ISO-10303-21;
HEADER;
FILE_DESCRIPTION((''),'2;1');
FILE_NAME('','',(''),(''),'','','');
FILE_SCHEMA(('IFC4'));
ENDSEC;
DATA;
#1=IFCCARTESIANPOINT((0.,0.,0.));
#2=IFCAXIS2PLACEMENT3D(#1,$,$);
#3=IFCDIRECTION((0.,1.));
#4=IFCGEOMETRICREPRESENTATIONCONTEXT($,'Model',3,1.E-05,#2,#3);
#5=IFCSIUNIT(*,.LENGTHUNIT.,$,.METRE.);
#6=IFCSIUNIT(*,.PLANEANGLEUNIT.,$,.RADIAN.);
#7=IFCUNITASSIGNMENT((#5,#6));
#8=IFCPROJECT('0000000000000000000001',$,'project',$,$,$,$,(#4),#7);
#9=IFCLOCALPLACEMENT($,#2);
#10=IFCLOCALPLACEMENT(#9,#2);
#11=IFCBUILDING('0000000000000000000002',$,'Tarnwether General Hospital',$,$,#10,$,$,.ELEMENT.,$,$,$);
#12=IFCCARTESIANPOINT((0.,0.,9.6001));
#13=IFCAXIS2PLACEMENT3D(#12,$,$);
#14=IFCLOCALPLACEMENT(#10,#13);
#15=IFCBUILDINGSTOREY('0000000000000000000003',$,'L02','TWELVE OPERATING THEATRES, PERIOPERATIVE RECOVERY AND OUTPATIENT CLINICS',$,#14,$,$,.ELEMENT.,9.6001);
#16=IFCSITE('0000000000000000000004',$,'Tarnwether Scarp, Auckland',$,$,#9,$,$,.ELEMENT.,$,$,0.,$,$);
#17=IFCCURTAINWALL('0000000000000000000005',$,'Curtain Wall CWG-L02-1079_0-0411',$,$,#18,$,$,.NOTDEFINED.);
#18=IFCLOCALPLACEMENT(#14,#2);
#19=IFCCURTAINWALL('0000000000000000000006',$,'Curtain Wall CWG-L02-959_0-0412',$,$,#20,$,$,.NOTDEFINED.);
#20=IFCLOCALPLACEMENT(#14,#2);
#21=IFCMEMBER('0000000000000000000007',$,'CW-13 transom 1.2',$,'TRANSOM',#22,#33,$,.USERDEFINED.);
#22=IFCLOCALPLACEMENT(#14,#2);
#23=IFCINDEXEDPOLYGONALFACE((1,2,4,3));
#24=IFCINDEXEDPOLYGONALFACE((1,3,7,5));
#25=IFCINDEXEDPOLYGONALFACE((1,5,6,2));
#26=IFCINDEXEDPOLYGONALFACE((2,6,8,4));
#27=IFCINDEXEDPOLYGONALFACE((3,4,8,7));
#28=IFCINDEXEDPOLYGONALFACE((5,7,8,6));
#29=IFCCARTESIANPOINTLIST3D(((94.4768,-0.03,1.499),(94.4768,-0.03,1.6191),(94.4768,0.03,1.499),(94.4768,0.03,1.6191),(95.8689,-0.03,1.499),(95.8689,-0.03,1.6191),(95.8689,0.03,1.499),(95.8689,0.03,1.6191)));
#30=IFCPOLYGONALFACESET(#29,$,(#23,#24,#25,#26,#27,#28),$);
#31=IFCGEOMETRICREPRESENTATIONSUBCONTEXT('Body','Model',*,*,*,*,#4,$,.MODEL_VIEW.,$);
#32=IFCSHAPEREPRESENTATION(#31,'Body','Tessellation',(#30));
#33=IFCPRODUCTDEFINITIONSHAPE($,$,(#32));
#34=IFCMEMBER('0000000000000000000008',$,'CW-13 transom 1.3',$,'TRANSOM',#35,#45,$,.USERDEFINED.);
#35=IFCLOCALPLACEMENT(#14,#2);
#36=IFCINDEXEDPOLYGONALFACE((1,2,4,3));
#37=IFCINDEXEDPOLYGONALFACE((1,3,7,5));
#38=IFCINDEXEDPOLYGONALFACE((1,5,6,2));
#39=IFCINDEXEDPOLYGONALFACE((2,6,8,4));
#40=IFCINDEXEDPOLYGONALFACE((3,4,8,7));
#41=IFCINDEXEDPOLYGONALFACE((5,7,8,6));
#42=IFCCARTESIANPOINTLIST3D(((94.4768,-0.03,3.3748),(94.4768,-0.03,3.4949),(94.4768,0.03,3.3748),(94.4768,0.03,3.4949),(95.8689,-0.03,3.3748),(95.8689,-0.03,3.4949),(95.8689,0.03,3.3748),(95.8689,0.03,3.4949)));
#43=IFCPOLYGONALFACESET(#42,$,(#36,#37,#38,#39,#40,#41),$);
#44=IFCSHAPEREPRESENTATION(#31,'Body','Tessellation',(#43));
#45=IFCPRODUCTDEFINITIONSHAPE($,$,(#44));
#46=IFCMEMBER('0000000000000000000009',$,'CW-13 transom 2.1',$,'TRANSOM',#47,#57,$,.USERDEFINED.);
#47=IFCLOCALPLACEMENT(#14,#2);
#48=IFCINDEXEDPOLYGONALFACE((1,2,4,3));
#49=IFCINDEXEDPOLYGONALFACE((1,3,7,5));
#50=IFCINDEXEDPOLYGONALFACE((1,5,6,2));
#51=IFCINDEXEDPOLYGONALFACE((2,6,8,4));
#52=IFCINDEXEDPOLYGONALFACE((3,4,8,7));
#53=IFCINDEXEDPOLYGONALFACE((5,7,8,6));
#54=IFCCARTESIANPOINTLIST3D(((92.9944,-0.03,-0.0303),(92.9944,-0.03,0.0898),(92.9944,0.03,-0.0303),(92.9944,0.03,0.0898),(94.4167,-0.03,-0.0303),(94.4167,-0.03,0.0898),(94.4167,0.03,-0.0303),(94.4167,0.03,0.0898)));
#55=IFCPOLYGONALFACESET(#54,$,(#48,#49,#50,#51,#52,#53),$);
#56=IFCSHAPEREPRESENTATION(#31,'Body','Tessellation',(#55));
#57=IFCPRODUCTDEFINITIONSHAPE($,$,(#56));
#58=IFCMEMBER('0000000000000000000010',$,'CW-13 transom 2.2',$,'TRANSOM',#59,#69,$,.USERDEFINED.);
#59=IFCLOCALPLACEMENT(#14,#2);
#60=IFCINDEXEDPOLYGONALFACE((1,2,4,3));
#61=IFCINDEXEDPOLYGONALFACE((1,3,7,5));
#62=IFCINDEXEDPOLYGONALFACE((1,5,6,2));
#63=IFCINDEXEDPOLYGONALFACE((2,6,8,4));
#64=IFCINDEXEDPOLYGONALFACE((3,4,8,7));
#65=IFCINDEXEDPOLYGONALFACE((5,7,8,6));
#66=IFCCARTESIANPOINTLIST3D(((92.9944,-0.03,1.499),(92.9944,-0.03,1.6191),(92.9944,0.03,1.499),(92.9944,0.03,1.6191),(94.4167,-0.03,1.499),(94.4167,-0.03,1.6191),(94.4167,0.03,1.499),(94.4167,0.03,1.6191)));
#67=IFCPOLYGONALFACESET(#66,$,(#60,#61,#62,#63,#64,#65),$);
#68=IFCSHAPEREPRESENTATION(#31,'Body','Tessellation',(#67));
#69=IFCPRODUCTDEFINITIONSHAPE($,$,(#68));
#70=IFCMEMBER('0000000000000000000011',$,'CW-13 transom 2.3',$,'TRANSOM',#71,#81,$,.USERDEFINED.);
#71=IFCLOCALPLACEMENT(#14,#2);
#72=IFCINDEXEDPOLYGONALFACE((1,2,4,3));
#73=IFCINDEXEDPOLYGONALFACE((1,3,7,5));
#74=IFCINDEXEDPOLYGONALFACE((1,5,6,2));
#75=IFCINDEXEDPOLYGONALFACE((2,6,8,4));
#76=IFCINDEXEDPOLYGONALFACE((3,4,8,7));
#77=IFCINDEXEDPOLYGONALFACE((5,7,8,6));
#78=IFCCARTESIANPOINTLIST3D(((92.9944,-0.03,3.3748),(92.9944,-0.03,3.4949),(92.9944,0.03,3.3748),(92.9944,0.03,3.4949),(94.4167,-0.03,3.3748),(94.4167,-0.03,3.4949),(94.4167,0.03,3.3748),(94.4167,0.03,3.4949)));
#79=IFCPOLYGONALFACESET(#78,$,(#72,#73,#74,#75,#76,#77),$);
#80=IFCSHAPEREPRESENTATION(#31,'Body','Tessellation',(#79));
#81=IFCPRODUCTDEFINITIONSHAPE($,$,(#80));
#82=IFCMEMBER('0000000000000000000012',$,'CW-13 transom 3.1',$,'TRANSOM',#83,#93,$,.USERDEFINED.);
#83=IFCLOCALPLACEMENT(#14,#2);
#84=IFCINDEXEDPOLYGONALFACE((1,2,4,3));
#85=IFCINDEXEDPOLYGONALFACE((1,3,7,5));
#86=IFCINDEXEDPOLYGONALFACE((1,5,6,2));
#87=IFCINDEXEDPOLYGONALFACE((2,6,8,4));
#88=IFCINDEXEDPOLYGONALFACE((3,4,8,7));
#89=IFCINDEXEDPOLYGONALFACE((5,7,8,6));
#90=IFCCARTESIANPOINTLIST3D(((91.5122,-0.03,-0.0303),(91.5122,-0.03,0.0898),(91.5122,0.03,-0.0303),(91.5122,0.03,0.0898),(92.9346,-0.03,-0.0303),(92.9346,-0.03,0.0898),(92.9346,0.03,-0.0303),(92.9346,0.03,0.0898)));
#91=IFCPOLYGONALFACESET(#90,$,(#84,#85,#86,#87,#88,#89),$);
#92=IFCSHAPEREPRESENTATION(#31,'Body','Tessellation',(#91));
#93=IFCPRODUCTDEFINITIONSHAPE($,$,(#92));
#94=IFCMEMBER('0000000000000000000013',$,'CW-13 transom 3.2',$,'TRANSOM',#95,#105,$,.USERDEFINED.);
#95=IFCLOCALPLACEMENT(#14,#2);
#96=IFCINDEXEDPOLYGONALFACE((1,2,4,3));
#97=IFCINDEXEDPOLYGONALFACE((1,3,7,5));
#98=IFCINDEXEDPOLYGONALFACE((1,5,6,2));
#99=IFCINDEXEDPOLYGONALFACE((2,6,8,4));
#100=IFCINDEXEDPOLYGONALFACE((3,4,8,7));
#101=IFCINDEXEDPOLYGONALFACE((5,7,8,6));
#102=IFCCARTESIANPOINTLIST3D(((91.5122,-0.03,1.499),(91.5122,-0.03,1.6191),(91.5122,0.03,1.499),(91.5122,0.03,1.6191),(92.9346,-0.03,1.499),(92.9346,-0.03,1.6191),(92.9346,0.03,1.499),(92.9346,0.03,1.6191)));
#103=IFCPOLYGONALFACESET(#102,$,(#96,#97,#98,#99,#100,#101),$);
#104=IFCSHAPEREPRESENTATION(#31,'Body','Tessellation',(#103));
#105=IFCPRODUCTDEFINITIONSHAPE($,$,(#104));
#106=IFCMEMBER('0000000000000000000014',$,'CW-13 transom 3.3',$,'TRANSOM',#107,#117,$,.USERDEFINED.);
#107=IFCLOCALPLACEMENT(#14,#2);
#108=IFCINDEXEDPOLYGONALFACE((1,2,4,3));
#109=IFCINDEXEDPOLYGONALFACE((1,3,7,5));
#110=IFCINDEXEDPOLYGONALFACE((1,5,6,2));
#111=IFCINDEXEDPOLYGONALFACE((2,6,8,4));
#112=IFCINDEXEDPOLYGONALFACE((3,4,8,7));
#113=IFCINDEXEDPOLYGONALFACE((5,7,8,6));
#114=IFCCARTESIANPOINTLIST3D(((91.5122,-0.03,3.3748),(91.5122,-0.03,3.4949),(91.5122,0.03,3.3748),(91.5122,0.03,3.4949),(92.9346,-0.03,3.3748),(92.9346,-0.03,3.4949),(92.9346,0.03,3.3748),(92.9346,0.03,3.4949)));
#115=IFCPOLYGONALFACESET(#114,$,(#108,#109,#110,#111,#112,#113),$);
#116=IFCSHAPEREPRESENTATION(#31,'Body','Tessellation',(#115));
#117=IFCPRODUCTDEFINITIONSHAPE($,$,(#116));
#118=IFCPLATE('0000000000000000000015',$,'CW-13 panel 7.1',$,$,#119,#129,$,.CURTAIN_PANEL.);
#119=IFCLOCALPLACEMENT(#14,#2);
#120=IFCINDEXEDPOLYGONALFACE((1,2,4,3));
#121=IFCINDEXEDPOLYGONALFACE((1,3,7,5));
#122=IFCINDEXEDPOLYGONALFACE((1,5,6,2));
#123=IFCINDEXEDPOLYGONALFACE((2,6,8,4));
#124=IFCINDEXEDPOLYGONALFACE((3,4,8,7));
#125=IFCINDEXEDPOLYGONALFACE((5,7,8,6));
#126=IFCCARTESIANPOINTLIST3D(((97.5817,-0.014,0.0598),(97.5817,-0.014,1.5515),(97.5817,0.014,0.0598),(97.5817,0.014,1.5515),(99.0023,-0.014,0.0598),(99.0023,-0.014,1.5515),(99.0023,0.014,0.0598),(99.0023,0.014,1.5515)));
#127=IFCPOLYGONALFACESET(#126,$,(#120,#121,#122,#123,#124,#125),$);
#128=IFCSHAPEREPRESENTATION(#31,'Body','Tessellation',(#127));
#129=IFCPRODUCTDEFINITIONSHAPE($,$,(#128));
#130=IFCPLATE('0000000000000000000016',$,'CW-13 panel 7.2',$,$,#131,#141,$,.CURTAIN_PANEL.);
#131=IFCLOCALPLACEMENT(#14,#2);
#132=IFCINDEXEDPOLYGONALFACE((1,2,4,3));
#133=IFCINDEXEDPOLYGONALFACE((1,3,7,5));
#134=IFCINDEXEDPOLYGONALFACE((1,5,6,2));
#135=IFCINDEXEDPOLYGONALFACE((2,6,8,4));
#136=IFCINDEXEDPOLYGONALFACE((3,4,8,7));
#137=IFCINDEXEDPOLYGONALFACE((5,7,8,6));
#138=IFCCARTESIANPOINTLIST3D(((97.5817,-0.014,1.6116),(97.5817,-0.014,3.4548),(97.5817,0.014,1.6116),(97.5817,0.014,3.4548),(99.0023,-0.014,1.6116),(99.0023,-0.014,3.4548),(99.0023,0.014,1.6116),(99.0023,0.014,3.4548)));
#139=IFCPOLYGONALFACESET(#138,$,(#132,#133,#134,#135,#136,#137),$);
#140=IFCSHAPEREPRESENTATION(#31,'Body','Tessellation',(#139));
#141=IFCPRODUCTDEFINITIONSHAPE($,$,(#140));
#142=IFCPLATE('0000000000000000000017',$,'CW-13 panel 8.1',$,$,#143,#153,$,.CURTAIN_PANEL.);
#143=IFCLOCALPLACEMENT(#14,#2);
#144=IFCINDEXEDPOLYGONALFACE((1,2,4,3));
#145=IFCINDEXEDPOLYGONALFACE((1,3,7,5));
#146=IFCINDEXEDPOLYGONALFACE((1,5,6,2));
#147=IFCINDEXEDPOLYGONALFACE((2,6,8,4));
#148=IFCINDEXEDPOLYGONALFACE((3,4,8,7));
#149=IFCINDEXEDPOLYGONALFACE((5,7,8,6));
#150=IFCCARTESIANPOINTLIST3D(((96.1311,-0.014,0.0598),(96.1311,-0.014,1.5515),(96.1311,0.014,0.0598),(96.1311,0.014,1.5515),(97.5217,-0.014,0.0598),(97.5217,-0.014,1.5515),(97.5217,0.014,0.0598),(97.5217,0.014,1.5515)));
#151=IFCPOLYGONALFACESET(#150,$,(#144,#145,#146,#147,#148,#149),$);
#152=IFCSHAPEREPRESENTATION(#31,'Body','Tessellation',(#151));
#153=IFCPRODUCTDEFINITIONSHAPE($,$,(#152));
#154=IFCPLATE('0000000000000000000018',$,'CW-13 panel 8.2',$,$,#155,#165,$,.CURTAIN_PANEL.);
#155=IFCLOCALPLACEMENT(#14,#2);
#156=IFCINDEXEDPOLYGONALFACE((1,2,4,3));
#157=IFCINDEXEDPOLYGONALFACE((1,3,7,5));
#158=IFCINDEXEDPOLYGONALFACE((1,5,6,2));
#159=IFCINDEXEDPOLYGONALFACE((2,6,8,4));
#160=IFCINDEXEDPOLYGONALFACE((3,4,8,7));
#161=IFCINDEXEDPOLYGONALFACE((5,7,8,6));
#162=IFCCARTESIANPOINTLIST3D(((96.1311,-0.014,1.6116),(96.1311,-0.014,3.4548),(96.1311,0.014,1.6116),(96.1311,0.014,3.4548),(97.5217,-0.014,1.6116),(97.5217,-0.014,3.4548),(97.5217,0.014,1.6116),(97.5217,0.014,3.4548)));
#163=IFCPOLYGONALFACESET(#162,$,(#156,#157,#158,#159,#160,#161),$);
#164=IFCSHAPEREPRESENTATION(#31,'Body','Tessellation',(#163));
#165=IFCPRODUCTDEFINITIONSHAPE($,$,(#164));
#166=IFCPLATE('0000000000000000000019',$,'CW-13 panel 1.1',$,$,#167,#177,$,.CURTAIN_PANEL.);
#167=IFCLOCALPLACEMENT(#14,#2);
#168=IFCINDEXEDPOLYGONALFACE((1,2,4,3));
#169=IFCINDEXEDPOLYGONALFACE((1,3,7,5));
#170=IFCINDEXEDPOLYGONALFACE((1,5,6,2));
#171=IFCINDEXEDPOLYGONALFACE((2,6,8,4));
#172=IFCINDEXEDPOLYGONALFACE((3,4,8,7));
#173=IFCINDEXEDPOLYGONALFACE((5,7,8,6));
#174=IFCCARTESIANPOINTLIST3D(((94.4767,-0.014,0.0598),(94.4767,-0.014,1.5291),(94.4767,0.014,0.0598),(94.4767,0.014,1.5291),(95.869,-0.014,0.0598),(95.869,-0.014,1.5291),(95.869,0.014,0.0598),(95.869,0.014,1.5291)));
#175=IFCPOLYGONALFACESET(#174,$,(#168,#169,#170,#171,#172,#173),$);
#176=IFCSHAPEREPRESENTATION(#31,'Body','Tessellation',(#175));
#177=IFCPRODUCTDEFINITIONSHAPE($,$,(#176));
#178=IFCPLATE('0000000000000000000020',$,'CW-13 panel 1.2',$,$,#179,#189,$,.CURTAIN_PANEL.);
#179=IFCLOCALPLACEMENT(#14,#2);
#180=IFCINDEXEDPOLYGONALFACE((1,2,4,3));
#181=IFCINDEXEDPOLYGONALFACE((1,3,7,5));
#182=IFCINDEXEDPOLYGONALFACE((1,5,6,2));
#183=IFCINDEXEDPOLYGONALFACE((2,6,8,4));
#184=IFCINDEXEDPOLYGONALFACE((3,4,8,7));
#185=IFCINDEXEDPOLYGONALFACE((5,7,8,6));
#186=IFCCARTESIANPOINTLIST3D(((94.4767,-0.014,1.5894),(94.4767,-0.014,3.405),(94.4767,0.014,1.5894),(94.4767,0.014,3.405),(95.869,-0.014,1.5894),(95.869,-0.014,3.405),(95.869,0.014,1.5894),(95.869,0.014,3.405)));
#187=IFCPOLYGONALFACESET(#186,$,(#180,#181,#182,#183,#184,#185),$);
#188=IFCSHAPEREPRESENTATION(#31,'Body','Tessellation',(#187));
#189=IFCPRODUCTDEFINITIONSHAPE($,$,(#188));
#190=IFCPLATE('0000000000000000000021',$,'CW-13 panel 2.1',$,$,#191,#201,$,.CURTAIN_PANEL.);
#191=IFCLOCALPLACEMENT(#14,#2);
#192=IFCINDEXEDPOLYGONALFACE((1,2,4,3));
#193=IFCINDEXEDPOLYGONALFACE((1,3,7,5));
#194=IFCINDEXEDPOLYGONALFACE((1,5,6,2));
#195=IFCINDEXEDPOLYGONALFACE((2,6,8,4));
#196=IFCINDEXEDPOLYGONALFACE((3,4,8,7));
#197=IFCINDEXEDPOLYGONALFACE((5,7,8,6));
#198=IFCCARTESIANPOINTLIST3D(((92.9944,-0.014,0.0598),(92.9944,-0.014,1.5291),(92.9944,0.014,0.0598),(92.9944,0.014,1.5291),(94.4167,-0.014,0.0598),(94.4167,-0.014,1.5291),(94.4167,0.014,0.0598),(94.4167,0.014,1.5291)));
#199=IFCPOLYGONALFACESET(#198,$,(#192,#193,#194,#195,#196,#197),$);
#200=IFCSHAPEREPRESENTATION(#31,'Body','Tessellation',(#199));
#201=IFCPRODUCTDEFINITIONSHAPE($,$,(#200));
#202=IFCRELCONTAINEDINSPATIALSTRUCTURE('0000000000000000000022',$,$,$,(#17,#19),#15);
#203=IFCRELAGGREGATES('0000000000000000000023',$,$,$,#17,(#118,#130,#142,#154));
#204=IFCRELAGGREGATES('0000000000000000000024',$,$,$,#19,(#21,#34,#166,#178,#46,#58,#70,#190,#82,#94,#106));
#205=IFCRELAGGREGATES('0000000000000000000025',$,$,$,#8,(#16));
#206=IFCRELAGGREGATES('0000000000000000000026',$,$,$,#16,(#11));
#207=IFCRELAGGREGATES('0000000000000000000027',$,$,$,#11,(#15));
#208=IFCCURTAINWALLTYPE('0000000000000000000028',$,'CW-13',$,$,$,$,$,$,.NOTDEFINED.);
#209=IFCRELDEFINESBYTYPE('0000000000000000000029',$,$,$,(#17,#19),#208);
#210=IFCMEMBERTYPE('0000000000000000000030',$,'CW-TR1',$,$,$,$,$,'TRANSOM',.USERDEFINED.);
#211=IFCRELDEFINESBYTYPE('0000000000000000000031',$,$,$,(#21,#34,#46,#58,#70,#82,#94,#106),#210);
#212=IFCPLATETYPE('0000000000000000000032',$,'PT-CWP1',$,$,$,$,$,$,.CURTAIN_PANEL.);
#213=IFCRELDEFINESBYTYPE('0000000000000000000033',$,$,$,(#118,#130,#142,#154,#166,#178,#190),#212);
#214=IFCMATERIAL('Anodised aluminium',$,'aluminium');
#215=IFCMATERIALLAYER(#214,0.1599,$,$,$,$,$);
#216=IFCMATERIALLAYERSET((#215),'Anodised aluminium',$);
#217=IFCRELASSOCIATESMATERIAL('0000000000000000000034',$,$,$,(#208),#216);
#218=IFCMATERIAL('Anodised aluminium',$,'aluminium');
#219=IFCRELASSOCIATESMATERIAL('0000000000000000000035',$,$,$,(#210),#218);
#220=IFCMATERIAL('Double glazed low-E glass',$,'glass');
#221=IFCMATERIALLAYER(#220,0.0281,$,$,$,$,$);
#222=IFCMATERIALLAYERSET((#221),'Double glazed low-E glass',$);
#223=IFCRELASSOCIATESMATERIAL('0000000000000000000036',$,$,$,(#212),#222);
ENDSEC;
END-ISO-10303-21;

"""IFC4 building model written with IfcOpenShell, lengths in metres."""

from ifc_helpers import new_model, si_unit, direction, frame, origin, origin_2d, place, context, subcontext, project, spatial, rectangle, extrude, material, layer, layer_set, material_profile, profile_set, type_object, element, aggregate, save


model = new_model("IFC4")

# Units and contexts
model_context = context("Model", 3, precision=1e-05, world=origin(), true_north=direction((0.0, 1.0)))
body_context = subcontext(model_context, "Body", "Model", "MODEL_VIEW")
ifc_project = project(units=[si_unit("LENGTHUNIT", "METRE"), si_unit("PLANEANGLEUNIT", "RADIAN")], contexts=[model_context])

# Site, building, storey
site_placement = place(None, origin())
site = spatial("IfcSite", under=ifc_project, at=site_placement, Name="Tarnwether Scarp, Auckland", CompositionType="ELEMENT", RefElevation=0.0)
building_placement = place(site_placement, origin())
building = spatial("IfcBuilding", under=site, at=building_placement, Name="Tarnwether General Hospital", CompositionType="ELEMENT")
storey_placement = place(building_placement, frame((0.0, 0.0, 9.6001)))
storey = spatial("IfcBuildingStorey", under=building, at=storey_placement, Name="L02", Description="TWELVE OPERATING THEATRES, PERIOPERATIVE RECOVERY AND OUTPATIENT CLINICS", CompositionType="ELEMENT", Elevation=9.6001)

# Curtain walls
ifc_material_1 = material(Name="Anodised aluminium", Category="aluminium")
ifc_layer_1 = layer(ifc_material_1, 0.1599)
ifc_layer_set_1 = layer_set([ifc_layer_1], Name="Anodised aluminium")
curtain_wall_type = type_object("IfcCurtainWallType", Name="CW-13", PredefinedType="NOTDEFINED", material=ifc_layer_set_1)
curtain_wall_1_placement = place(storey_placement, origin())
curtain_wall_1 = element("IfcCurtainWall", 1, at=curtain_wall_1_placement, inside=storey, type_object=curtain_wall_type, Name="Curtain Wall CWG-L02-1079_0-0411", PredefinedType="NOTDEFINED")
curtain_wall_2_placement = place(storey_placement, origin())
curtain_wall_2 = element("IfcCurtainWall", 2, at=curtain_wall_2_placement, inside=storey, type_object=curtain_wall_type, Name="Curtain Wall CWG-L02-959_0-0412", PredefinedType="NOTDEFINED")

# Members
ifc_material_2 = material(Name="Anodised aluminium", Category="aluminium")
ifc_material_profile_1 = material_profile(ifc_material_2, rectangle(XDim=0.0601, YDim=0.1201, at=origin_2d()), Name="ALU-TRN-60x120")
ifc_profile_set_1 = profile_set([ifc_material_profile_1], Name="Anodised aluminium")
member_type_1 = type_object("IfcMemberType", Name="CW-TR1", ElementType="TRANSOM", PredefinedType="USERDEFINED", material=ifc_profile_set_1)
member_1_placement = place(storey_placement, frame((95.8689, 0.0, 1.5591), z_axis=(-1.0, 0.0, 0.0), x_axis=(0.0, -1.0, 0.0)))
member_1 = element("IfcMember", 3, at=member_1_placement, type_object=member_type_1, Name="CW-13 transom 1.2", ObjectType="TRANSOM", PredefinedType="USERDEFINED", context=body_context, shape_type="SweptSolid", body=[
    extrude(rectangle(XDim=0.0601, YDim=0.1201, at=origin_2d()), origin(), (0.0, 0.0, 1.0), 1.3921),
])
member_2_placement = place(storey_placement, frame((95.8689, 0.0, 3.4348), z_axis=(-1.0, 0.0, 0.0), x_axis=(0.0, -1.0, 0.0)))
member_2 = element("IfcMember", 4, at=member_2_placement, type_object=member_type_1, Name="CW-13 transom 1.3", ObjectType="TRANSOM", PredefinedType="USERDEFINED", context=body_context, shape_type="SweptSolid", body=[
    extrude(rectangle(XDim=0.0601, YDim=0.1201, at=origin_2d()), origin(), (0.0, 0.0, 1.0), 1.3921),
])
member_3_placement = place(storey_placement, frame((94.4167, 0.0, 0.0298), z_axis=(-1.0, 0.0, 0.0), x_axis=(0.0, -1.0, 0.0)))
member_3 = element("IfcMember", 5, at=member_3_placement, type_object=member_type_1, Name="CW-13 transom 2.1", ObjectType="TRANSOM", PredefinedType="USERDEFINED", context=body_context, shape_type="SweptSolid", body=[
    extrude(rectangle(XDim=0.0601, YDim=0.1201, at=origin_2d()), origin(), (0.0, 0.0, 1.0), 1.4224),
])
member_4_placement = place(storey_placement, frame((94.4167, 0.0, 1.5591), z_axis=(-1.0, 0.0, 0.0), x_axis=(0.0, -1.0, 0.0)))
member_4 = element("IfcMember", 6, at=member_4_placement, type_object=member_type_1, Name="CW-13 transom 2.2", ObjectType="TRANSOM", PredefinedType="USERDEFINED", context=body_context, shape_type="SweptSolid", body=[
    extrude(rectangle(XDim=0.0601, YDim=0.1201, at=origin_2d()), origin(), (0.0, 0.0, 1.0), 1.4224),
])
member_5_placement = place(storey_placement, frame((94.4167, 0.0, 3.4348), z_axis=(-1.0, 0.0, 0.0), x_axis=(0.0, -1.0, 0.0)))
member_5 = element("IfcMember", 7, at=member_5_placement, type_object=member_type_1, Name="CW-13 transom 2.3", ObjectType="TRANSOM", PredefinedType="USERDEFINED", context=body_context, shape_type="SweptSolid", body=[
    extrude(rectangle(XDim=0.0601, YDim=0.1201, at=origin_2d()), origin(), (0.0, 0.0, 1.0), 1.4224),
])
member_6_placement = place(storey_placement, frame((92.9346, 0.0, 0.0298), z_axis=(-1.0, 0.0, 0.0), x_axis=(0.0, -1.0, 0.0)))
member_6 = element("IfcMember", 8, at=member_6_placement, type_object=member_type_1, Name="CW-13 transom 3.1", ObjectType="TRANSOM", PredefinedType="USERDEFINED", context=body_context, shape_type="SweptSolid", body=[
    extrude(rectangle(XDim=0.0601, YDim=0.1201, at=origin_2d()), origin(), (0.0, 0.0, 1.0), 1.4224),
])
member_7_placement = place(storey_placement, frame((92.9346, 0.0, 1.5591), z_axis=(-1.0, 0.0, 0.0), x_axis=(0.0, -1.0, 0.0)))
member_7 = element("IfcMember", 9, at=member_7_placement, type_object=member_type_1, Name="CW-13 transom 3.2", ObjectType="TRANSOM", PredefinedType="USERDEFINED", context=body_context, shape_type="SweptSolid", body=[
    extrude(rectangle(XDim=0.0601, YDim=0.1201, at=origin_2d()), origin(), (0.0, 0.0, 1.0), 1.4224),
])
member_8_placement = place(storey_placement, frame((92.9346, 0.0, 3.4348), z_axis=(-1.0, 0.0, 0.0), x_axis=(0.0, -1.0, 0.0)))
member_8 = element("IfcMember", 10, at=member_8_placement, type_object=member_type_1, Name="CW-13 transom 3.3", ObjectType="TRANSOM", PredefinedType="USERDEFINED", context=body_context, shape_type="SweptSolid", body=[
    extrude(rectangle(XDim=0.0601, YDim=0.1201, at=origin_2d()), origin(), (0.0, 0.0, 1.0), 1.4224),
])

# Plates
ifc_material_3 = material(Name="Double glazed low-E glass", Category="glass")
ifc_layer_2 = layer(ifc_material_3, 0.0281)
ifc_layer_set_2 = layer_set([ifc_layer_2], Name="Double glazed low-E glass")
plate_type_1 = type_object("IfcPlateType", Name="PT-CWP1", PredefinedType="CURTAIN_PANEL", material=ifc_layer_set_2)
plate_1_placement = place(storey_placement, frame((98.292, 0.0, 0.0598), z_axis=(0.0, 0.0, 1.0), x_axis=(-1.0, 0.0, 0.0)))
plate_1 = element("IfcPlate", 11, at=plate_1_placement, type_object=plate_type_1, Name="CW-13 panel 7.1", PredefinedType="CURTAIN_PANEL", context=body_context, shape_type="SweptSolid", body=[
    extrude(rectangle(XDim=1.4207, YDim=0.0281, at=origin_2d()), origin(), (0.0, 0.0, 1.0), 1.4917),
])
plate_2_placement = place(storey_placement, frame((98.292, 0.0, 1.6116), z_axis=(0.0, 0.0, 1.0), x_axis=(-1.0, 0.0, 0.0)))
plate_2 = element("IfcPlate", 12, at=plate_2_placement, type_object=plate_type_1, Name="CW-13 panel 7.2", PredefinedType="CURTAIN_PANEL", context=body_context, shape_type="SweptSolid", body=[
    extrude(rectangle(XDim=1.4207, YDim=0.0281, at=origin_2d()), origin(), (0.0, 0.0, 1.0), 1.8433),
])
plate_3_placement = place(storey_placement, frame((96.8264, 0.0, 0.0598), z_axis=(0.0, 0.0, 1.0), x_axis=(-1.0, 0.0, 0.0)))
plate_3 = element("IfcPlate", 13, at=plate_3_placement, type_object=plate_type_1, Name="CW-13 panel 8.1", PredefinedType="CURTAIN_PANEL", context=body_context, shape_type="SweptSolid", body=[
    extrude(rectangle(XDim=1.3906, YDim=0.0281, at=origin_2d()), origin(), (0.0, 0.0, 1.0), 1.4917),
])
plate_4_placement = place(storey_placement, frame((96.8264, 0.0, 1.6116), z_axis=(0.0, 0.0, 1.0), x_axis=(-1.0, 0.0, 0.0)))
plate_4 = element("IfcPlate", 14, at=plate_4_placement, type_object=plate_type_1, Name="CW-13 panel 8.2", PredefinedType="CURTAIN_PANEL", context=body_context, shape_type="SweptSolid", body=[
    extrude(rectangle(XDim=1.3906, YDim=0.0281, at=origin_2d()), origin(), (0.0, 0.0, 1.0), 1.8433),
])
aggregate(curtain_wall_1, [plate_1, plate_2, plate_3, plate_4])
plate_5_placement = place(storey_placement, frame((95.1729, 0.0, 0.0598), z_axis=(0.0, 0.0, 1.0), x_axis=(-1.0, 0.0, 0.0)))
plate_5 = element("IfcPlate", 15, at=plate_5_placement, type_object=plate_type_1, Name="CW-13 panel 1.1", PredefinedType="CURTAIN_PANEL", context=body_context, shape_type="SweptSolid", body=[
    extrude(rectangle(XDim=1.3923, YDim=0.0281, at=origin_2d()), origin(), (0.0, 0.0, 1.0), 1.4692),
])
plate_6_placement = place(storey_placement, frame((95.1729, 0.0, 1.5894), z_axis=(0.0, 0.0, 1.0), x_axis=(-1.0, 0.0, 0.0)))
plate_6 = element("IfcPlate", 16, at=plate_6_placement, type_object=plate_type_1, Name="CW-13 panel 1.2", PredefinedType="CURTAIN_PANEL", context=body_context, shape_type="SweptSolid", body=[
    extrude(rectangle(XDim=1.3923, YDim=0.0281, at=origin_2d()), origin(), (0.0, 0.0, 1.0), 1.8157),
])
plate_7_placement = place(storey_placement, frame((93.7056, 0.0, 0.0598), z_axis=(0.0, 0.0, 1.0), x_axis=(-1.0, 0.0, 0.0)))
plate_7 = element("IfcPlate", 17, at=plate_7_placement, type_object=plate_type_1, Name="CW-13 panel 2.1", PredefinedType="CURTAIN_PANEL", context=body_context, shape_type="SweptSolid", body=[
    extrude(rectangle(XDim=1.4224, YDim=0.0281, at=origin_2d()), origin(), (0.0, 0.0, 1.0), 1.4692),
])
aggregate(curtain_wall_2, [member_1, member_2, plate_5, plate_6, member_3, member_4, member_5, plate_7, member_6, member_7, member_8])

save(model, "model.ifc")
